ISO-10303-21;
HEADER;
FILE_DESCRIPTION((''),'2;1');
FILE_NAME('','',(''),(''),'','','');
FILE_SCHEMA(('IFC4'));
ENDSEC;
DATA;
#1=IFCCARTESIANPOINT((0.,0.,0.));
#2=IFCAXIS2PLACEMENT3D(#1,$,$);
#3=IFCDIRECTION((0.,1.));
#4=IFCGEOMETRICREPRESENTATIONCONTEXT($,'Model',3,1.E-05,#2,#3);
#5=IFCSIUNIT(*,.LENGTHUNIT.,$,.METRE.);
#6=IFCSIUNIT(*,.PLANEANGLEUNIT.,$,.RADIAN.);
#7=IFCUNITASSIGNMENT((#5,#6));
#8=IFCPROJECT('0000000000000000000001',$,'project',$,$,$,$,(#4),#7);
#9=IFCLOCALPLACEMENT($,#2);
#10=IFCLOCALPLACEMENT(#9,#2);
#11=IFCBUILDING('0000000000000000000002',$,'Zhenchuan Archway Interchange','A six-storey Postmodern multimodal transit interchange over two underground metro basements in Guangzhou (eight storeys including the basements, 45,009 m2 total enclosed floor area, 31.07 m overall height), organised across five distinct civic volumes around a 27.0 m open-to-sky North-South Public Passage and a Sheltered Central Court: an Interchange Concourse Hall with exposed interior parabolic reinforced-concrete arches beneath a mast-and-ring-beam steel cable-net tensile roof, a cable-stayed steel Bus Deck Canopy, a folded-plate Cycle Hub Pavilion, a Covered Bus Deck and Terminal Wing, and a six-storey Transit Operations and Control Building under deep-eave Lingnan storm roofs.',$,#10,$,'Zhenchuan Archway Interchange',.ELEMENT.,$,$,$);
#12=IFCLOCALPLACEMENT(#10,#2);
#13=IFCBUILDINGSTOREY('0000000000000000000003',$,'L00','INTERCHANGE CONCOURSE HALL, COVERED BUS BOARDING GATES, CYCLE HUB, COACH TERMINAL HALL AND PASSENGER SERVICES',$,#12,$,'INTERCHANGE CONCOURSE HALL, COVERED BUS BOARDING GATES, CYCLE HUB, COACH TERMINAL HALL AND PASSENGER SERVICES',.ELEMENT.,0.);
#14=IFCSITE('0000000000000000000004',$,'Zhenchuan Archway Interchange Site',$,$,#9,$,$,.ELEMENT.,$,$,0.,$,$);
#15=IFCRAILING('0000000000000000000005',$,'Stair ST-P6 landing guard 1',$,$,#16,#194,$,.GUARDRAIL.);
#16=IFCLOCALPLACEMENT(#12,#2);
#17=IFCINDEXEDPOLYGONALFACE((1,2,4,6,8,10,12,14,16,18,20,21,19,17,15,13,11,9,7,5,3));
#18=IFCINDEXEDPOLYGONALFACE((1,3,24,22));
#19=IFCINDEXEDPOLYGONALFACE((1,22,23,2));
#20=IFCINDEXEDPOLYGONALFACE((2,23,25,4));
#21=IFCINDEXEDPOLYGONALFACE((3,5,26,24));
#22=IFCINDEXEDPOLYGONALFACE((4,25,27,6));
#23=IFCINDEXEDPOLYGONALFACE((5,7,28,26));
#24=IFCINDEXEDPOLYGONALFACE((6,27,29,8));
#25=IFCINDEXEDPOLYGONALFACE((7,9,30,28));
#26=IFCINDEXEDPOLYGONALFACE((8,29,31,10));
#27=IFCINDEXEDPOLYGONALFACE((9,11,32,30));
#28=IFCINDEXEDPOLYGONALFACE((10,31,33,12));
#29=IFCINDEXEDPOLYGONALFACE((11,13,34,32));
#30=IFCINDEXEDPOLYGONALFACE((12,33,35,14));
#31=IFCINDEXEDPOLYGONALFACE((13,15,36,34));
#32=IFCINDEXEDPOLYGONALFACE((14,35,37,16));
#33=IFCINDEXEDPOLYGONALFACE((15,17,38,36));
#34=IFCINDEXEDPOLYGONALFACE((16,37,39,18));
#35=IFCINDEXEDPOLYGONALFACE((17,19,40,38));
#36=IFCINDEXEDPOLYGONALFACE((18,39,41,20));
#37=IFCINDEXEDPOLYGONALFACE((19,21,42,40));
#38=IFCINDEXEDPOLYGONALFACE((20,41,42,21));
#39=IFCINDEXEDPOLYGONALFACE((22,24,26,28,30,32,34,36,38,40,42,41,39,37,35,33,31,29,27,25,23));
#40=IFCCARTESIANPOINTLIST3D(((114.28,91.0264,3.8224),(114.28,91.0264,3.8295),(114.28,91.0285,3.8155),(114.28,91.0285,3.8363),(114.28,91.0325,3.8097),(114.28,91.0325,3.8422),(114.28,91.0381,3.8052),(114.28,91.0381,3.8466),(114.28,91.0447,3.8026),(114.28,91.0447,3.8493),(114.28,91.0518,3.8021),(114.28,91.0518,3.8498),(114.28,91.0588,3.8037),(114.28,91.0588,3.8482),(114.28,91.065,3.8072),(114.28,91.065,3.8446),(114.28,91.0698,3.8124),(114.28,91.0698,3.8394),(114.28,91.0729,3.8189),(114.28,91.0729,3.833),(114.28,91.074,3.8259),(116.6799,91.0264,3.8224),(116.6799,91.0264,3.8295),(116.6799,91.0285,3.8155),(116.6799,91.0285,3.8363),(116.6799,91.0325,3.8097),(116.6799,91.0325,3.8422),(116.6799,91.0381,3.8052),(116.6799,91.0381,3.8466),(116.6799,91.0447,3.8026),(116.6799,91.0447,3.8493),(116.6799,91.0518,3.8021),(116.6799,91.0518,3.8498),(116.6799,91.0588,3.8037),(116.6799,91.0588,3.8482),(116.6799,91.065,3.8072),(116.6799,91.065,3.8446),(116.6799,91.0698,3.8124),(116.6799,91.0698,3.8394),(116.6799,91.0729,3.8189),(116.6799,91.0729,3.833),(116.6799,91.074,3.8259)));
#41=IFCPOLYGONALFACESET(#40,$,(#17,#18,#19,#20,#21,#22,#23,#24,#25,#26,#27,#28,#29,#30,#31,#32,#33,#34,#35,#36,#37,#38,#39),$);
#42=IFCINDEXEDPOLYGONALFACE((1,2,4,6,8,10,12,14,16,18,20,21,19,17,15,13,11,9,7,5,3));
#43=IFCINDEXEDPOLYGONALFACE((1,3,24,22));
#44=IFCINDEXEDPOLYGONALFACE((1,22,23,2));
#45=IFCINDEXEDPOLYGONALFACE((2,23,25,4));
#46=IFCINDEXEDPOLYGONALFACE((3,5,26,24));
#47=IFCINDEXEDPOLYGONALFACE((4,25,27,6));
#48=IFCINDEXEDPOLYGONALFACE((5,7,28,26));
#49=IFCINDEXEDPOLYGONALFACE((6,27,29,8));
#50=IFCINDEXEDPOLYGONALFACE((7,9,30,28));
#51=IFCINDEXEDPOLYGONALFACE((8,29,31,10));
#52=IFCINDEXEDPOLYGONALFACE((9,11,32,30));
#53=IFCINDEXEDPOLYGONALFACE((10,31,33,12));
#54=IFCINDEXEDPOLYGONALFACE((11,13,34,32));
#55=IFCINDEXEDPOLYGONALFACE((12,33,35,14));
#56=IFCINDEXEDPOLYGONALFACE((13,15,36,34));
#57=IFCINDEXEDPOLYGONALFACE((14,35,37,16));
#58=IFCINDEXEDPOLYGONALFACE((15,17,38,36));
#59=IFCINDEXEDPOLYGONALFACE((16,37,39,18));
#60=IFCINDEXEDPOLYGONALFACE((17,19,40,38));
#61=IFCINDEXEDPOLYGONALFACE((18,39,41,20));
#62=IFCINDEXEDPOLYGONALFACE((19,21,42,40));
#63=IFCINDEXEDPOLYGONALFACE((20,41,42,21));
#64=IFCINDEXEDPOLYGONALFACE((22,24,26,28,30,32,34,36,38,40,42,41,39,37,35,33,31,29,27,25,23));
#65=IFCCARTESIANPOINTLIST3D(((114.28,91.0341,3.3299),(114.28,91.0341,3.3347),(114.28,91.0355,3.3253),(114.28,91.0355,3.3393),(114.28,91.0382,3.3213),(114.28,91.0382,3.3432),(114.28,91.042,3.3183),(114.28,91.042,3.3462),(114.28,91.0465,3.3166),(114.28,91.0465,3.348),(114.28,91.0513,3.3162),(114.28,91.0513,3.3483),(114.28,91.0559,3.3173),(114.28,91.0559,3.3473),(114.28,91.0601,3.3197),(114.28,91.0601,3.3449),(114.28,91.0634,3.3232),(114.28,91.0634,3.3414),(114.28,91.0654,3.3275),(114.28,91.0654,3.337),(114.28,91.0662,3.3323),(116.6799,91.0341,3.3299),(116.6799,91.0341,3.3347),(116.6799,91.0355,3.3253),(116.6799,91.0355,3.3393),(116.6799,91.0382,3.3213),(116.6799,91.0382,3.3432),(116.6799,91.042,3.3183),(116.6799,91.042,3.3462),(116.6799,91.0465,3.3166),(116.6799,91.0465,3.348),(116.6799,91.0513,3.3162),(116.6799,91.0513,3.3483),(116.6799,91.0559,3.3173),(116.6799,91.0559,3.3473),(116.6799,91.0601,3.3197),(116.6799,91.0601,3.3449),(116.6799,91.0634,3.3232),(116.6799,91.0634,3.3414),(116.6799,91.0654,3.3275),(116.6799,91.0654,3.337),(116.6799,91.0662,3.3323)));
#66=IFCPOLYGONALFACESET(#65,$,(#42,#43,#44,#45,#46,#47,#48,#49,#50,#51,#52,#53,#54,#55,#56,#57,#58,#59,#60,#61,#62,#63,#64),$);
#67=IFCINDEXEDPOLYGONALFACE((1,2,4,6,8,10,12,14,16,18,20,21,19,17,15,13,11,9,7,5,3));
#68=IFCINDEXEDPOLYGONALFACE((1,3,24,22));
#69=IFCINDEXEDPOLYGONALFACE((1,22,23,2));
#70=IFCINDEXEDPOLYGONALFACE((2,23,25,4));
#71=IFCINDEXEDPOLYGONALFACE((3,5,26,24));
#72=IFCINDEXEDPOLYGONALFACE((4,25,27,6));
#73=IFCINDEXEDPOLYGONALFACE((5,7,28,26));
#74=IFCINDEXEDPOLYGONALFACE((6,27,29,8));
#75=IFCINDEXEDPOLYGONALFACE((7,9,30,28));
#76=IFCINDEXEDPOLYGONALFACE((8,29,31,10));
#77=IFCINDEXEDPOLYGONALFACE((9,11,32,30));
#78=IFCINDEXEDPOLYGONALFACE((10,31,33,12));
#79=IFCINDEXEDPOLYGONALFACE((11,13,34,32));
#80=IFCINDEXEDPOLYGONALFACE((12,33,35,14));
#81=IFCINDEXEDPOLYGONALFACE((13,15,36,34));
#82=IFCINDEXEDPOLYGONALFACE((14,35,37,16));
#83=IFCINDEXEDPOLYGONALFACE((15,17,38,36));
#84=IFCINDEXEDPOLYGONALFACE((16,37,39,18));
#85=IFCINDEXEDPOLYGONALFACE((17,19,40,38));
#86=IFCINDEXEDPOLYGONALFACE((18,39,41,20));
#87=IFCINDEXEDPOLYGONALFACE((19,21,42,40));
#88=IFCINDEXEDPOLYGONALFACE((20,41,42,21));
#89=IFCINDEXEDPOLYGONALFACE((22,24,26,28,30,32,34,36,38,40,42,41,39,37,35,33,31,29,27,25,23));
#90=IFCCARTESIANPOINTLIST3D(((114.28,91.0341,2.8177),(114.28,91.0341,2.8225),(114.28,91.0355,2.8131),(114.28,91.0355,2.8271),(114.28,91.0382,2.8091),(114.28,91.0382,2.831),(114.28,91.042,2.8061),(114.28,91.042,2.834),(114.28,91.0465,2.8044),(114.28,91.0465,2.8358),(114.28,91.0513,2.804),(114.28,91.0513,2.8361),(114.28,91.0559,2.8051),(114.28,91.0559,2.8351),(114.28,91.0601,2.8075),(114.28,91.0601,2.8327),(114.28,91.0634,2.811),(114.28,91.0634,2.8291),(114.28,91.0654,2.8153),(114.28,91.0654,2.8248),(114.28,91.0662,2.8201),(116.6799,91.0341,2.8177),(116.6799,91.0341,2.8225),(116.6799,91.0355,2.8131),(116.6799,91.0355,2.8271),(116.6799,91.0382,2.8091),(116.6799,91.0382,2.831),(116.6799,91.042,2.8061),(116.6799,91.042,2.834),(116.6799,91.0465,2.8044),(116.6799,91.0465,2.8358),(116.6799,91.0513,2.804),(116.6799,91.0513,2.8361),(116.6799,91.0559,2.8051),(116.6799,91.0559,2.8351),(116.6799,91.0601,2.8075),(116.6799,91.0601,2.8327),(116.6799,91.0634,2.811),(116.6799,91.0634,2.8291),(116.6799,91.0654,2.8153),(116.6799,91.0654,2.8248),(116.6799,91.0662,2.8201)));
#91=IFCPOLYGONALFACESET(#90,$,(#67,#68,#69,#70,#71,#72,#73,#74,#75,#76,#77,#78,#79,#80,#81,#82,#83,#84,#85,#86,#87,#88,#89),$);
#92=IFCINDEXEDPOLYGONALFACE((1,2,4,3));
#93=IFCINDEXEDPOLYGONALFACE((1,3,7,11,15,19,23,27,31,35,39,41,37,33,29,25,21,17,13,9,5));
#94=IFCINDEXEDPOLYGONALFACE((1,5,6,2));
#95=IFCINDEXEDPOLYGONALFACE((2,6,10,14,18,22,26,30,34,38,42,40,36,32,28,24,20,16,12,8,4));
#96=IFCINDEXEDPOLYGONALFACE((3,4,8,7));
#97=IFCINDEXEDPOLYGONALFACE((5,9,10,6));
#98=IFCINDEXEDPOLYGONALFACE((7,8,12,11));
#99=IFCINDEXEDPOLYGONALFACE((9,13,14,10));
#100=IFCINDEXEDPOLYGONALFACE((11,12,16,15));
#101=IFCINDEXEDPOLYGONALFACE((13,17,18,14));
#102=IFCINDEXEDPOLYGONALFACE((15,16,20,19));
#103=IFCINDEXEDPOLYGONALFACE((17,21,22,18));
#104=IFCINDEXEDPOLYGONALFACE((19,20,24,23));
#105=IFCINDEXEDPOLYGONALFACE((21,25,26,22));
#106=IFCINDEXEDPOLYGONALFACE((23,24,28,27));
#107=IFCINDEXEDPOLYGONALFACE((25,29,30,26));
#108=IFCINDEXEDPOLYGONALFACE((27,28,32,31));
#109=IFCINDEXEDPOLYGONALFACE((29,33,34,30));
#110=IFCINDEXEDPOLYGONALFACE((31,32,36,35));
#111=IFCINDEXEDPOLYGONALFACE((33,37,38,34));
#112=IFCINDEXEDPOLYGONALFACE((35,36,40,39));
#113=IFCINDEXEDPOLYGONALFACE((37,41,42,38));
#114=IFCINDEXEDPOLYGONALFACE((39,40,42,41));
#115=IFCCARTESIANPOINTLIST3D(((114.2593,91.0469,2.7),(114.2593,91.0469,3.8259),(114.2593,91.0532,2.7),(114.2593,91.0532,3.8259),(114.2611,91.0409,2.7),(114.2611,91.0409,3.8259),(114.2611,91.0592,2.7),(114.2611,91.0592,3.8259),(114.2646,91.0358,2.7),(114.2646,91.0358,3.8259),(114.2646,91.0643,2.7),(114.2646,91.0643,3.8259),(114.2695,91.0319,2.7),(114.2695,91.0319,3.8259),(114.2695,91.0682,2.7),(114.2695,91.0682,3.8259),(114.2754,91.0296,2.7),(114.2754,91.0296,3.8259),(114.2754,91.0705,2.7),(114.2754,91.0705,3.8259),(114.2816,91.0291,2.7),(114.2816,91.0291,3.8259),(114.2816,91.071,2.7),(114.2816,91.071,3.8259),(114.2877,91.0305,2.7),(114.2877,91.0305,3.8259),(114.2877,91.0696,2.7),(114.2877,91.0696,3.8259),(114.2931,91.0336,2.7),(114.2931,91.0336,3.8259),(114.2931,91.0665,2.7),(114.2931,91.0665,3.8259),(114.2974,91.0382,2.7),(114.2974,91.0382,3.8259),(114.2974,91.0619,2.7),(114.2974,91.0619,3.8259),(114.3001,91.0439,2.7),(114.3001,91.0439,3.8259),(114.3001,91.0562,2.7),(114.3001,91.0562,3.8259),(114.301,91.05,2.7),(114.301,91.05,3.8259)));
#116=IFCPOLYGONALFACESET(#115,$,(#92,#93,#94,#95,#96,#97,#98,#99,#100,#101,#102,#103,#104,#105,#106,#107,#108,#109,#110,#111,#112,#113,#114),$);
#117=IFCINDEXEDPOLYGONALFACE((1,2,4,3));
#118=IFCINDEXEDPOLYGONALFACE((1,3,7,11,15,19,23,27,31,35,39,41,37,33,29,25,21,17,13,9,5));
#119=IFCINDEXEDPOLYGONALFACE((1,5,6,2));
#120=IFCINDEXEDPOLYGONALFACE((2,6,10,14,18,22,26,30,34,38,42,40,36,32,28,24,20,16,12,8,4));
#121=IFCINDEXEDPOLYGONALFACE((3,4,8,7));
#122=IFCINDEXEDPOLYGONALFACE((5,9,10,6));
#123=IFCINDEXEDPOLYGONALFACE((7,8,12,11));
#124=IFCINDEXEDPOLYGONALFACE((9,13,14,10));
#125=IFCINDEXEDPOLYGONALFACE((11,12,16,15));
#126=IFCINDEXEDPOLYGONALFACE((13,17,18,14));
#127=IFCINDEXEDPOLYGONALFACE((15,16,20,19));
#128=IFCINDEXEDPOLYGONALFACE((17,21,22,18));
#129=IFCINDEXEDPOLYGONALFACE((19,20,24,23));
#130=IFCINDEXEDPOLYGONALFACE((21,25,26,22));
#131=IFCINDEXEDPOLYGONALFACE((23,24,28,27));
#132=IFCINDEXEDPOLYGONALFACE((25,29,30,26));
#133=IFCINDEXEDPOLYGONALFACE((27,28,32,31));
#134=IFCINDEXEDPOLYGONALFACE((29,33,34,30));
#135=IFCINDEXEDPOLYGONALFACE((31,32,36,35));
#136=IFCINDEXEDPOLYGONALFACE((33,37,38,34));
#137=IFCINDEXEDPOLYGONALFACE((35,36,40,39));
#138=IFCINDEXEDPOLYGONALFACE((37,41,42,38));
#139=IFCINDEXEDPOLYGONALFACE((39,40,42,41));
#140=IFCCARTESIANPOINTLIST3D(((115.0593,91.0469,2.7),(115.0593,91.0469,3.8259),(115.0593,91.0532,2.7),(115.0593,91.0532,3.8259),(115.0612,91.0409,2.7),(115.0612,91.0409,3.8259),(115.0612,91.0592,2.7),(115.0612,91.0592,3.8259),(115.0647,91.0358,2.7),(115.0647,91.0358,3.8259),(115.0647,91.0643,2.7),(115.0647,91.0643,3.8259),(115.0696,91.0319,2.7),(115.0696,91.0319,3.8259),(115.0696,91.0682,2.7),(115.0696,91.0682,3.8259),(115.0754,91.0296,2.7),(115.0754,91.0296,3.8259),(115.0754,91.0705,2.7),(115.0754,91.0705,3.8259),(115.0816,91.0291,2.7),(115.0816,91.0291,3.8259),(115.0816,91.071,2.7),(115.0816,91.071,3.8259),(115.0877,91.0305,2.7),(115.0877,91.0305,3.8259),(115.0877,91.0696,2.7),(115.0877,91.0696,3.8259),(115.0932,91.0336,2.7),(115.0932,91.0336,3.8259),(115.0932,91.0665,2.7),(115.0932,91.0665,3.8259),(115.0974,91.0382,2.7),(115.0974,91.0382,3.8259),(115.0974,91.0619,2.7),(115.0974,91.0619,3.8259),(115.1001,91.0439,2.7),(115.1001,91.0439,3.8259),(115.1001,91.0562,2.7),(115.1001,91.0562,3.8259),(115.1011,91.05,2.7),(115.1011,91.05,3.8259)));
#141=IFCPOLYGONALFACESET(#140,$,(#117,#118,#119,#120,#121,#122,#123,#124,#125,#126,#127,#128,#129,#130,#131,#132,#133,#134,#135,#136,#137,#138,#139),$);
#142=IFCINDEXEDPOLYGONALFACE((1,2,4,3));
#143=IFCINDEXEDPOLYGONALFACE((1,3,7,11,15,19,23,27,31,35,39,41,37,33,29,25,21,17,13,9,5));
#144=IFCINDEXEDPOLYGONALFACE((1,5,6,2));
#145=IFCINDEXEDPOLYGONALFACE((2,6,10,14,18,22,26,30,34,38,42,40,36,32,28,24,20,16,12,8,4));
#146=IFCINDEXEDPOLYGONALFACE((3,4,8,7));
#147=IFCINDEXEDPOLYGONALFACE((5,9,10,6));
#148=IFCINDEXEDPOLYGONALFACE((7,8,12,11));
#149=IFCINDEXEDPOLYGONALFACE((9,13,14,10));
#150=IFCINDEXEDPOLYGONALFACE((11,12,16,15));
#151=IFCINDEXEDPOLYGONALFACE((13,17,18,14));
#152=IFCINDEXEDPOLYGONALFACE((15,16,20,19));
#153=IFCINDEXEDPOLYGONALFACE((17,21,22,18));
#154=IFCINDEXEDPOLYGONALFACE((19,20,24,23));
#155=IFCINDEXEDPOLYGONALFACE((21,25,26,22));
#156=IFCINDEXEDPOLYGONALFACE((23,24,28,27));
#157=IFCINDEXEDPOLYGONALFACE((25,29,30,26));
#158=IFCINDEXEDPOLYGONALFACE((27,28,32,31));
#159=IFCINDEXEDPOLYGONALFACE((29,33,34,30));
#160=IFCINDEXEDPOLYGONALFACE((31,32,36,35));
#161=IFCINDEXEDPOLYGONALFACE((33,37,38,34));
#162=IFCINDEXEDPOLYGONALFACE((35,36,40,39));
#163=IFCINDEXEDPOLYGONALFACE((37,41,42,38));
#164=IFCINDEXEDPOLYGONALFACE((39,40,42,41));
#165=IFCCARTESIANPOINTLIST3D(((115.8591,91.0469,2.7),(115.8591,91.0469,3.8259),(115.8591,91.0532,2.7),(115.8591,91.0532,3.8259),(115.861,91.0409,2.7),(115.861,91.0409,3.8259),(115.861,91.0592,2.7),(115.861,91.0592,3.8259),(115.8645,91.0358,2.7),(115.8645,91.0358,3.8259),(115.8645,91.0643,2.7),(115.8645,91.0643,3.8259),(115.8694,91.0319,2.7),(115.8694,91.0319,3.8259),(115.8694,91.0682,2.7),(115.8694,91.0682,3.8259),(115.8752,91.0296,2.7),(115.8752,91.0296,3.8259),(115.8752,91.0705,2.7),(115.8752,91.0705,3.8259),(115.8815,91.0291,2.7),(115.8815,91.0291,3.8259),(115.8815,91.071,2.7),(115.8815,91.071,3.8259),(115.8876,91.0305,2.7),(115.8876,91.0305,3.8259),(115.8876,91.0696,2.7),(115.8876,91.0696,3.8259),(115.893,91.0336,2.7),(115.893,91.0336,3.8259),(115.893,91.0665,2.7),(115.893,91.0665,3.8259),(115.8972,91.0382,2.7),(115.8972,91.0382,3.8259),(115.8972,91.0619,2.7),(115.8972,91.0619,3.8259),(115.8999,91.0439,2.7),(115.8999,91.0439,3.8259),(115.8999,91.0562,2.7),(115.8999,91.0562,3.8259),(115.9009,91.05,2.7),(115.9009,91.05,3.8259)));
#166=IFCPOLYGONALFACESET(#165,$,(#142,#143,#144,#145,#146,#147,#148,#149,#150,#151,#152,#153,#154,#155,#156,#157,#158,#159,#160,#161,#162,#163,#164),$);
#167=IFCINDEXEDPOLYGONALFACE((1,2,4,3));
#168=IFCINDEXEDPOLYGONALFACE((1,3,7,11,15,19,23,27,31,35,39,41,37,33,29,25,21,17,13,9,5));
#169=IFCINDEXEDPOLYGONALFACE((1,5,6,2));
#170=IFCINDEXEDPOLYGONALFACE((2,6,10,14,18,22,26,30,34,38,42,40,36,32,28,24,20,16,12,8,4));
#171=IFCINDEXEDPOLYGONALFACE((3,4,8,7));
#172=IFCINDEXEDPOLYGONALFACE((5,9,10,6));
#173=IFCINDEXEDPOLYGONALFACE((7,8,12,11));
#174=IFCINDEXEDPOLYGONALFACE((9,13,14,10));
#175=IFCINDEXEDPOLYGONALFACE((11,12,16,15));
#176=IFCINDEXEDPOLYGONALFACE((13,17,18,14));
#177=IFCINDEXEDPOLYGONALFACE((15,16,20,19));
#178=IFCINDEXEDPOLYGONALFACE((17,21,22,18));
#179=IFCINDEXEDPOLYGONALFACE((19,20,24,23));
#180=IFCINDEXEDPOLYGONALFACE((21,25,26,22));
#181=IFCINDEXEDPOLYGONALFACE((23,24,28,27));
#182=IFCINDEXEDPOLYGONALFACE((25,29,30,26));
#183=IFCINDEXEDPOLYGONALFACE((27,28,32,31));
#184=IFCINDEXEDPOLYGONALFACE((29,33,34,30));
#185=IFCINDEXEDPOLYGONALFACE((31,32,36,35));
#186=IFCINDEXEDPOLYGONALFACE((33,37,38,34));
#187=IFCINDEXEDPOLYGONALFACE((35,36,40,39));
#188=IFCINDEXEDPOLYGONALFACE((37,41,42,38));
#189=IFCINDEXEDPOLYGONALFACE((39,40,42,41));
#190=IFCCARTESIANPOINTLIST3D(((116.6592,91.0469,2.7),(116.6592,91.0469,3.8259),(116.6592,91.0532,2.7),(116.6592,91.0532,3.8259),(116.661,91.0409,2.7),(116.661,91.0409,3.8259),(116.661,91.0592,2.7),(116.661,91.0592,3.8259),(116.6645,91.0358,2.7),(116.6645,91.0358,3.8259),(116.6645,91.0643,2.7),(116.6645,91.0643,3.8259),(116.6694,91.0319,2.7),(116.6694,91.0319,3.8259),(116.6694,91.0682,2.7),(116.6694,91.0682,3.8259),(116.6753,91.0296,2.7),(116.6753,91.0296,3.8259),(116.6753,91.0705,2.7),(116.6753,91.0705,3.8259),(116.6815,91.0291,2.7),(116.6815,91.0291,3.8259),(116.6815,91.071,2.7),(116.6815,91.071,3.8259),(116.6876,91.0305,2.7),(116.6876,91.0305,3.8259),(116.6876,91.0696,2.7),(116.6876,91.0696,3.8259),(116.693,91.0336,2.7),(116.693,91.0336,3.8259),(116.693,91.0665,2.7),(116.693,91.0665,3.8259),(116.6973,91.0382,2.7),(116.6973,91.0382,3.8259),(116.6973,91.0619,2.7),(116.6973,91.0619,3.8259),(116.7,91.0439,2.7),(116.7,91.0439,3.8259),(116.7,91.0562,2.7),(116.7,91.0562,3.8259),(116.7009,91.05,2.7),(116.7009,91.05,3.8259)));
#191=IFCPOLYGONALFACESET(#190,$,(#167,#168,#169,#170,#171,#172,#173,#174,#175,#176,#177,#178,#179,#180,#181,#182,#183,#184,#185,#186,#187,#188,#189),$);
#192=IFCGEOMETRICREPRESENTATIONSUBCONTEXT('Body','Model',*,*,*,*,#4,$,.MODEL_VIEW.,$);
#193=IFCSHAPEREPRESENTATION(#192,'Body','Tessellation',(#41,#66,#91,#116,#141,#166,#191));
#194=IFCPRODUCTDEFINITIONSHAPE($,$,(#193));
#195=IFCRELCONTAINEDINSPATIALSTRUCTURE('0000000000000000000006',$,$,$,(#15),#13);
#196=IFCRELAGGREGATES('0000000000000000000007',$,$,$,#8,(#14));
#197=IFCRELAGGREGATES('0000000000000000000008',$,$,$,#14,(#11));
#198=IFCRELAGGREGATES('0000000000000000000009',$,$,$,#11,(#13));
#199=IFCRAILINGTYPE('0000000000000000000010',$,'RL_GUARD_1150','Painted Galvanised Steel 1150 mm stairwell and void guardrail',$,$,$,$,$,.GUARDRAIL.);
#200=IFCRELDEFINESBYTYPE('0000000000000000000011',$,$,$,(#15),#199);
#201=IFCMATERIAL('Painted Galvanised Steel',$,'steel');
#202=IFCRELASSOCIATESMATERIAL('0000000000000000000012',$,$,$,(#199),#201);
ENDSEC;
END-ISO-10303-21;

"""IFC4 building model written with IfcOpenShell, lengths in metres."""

from ifc_helpers import new_model, si_unit, direction, frame, origin, origin_2d, place, context, subcontext, project, spatial, circle, extrude, material, type_object, element, save


model = new_model("IFC4")

# Units and contexts
model_context = context("Model", 3, precision=1e-05, world=origin(), true_north=direction((0.0, 1.0)))
body_context = subcontext(model_context, "Body", "Model", "MODEL_VIEW")
ifc_project = project(units=[si_unit("LENGTHUNIT", "METRE"), si_unit("PLANEANGLEUNIT", "RADIAN")], contexts=[model_context])

# Site, building, storey
site_placement = place(None, origin())
site = spatial("IfcSite", under=ifc_project, at=site_placement, Name="Zhenchuan Archway Interchange Site", CompositionType="ELEMENT", RefElevation=0.0)
building_placement = place(site_placement, origin())
building = spatial("IfcBuilding", under=site, at=building_placement, Name="Zhenchuan Archway Interchange", Description="A six-storey Postmodern multimodal transit interchange over two underground metro basements in Guangzhou (eight storeys including the basements, 45,009 m2 total enclosed floor area, 31.07 m overall height), organised across five distinct civic volumes around a 27.0 m open-to-sky North-South Public Passage and a Sheltered Central Court: an Interchange Concourse Hall with exposed interior parabolic reinforced-concrete arches beneath a mast-and-ring-beam steel cable-net tensile roof, a cable-stayed steel Bus Deck Canopy, a folded-plate Cycle Hub Pavilion, a Covered Bus Deck and Terminal Wing, and a six-storey Transit Operations and Control Building under deep-eave Lingnan storm roofs.", LongName="Zhenchuan Archway Interchange", CompositionType="ELEMENT")
storey_placement = place(building_placement, origin())
storey = spatial("IfcBuildingStorey", under=building, at=storey_placement, Name="L00", Description="INTERCHANGE CONCOURSE HALL, COVERED BUS BOARDING GATES, CYCLE HUB, COACH TERMINAL HALL AND PASSENGER SERVICES", LongName="INTERCHANGE CONCOURSE HALL, COVERED BUS BOARDING GATES, CYCLE HUB, COACH TERMINAL HALL AND PASSENGER SERVICES", CompositionType="ELEMENT", Elevation=0.0)

# Railing
ifc_material_1 = material(Name="Painted Galvanised Steel", Category="steel")
railing_type_1 = type_object("IfcRailingType", Name="RL_GUARD_1150", Description="Painted Galvanised Steel 1150 mm stairwell and void guardrail", PredefinedType="GUARDRAIL", material=ifc_material_1)
railing_1_placement = place(storey_placement, frame((114.28, 91.05, 2.7)))
element("IfcRailing", 1, at=railing_1_placement, inside=storey, type_object=railing_type_1, Name="Stair ST-P6 landing guard 1", PredefinedType="GUARDRAIL", context=body_context, shape_type="SweptSolid", body=[
    extrude(circle(Radius=0.0239, at=origin_2d()), frame((0.0, 0.0, 1.126), z_axis=(1.0, 0.0, 0.0), x_axis=(0.0, 1.0, 0.0)), (0.0, 0.0, 1.0), 2.3999),
    extrude(circle(Radius=0.0161, at=origin_2d()), frame((0.0, 0.0, 0.6323), z_axis=(1.0, 0.0, 0.0), x_axis=(0.0, 1.0, 0.0)), (0.0, 0.0, 1.0), 2.3999),
    extrude(circle(Radius=0.0161, at=origin_2d()), frame((0.0, 0.0, 0.1201), z_axis=(1.0, 0.0, 0.0), x_axis=(0.0, 1.0, 0.0)), (0.0, 0.0, 1.0), 2.3999),
    extrude(circle(Radius=0.021, at=origin_2d()), origin(), (0.0, 0.0, 1.0), 1.126),
    extrude(circle(Radius=0.021, at=origin_2d()), frame((0.8, 0.0, 0.0)), (0.0, 0.0, 1.0), 1.126),
    extrude(circle(Radius=0.021, at=origin_2d()), frame((1.5999, 0.0, 0.0)), (0.0, 0.0, 1.0), 1.126),
    extrude(circle(Radius=0.021, at=origin_2d()), frame((2.3999, 0.0, 0.0)), (0.0, 0.0, 1.0), 1.126),
])

save(model, "model.ifc")
